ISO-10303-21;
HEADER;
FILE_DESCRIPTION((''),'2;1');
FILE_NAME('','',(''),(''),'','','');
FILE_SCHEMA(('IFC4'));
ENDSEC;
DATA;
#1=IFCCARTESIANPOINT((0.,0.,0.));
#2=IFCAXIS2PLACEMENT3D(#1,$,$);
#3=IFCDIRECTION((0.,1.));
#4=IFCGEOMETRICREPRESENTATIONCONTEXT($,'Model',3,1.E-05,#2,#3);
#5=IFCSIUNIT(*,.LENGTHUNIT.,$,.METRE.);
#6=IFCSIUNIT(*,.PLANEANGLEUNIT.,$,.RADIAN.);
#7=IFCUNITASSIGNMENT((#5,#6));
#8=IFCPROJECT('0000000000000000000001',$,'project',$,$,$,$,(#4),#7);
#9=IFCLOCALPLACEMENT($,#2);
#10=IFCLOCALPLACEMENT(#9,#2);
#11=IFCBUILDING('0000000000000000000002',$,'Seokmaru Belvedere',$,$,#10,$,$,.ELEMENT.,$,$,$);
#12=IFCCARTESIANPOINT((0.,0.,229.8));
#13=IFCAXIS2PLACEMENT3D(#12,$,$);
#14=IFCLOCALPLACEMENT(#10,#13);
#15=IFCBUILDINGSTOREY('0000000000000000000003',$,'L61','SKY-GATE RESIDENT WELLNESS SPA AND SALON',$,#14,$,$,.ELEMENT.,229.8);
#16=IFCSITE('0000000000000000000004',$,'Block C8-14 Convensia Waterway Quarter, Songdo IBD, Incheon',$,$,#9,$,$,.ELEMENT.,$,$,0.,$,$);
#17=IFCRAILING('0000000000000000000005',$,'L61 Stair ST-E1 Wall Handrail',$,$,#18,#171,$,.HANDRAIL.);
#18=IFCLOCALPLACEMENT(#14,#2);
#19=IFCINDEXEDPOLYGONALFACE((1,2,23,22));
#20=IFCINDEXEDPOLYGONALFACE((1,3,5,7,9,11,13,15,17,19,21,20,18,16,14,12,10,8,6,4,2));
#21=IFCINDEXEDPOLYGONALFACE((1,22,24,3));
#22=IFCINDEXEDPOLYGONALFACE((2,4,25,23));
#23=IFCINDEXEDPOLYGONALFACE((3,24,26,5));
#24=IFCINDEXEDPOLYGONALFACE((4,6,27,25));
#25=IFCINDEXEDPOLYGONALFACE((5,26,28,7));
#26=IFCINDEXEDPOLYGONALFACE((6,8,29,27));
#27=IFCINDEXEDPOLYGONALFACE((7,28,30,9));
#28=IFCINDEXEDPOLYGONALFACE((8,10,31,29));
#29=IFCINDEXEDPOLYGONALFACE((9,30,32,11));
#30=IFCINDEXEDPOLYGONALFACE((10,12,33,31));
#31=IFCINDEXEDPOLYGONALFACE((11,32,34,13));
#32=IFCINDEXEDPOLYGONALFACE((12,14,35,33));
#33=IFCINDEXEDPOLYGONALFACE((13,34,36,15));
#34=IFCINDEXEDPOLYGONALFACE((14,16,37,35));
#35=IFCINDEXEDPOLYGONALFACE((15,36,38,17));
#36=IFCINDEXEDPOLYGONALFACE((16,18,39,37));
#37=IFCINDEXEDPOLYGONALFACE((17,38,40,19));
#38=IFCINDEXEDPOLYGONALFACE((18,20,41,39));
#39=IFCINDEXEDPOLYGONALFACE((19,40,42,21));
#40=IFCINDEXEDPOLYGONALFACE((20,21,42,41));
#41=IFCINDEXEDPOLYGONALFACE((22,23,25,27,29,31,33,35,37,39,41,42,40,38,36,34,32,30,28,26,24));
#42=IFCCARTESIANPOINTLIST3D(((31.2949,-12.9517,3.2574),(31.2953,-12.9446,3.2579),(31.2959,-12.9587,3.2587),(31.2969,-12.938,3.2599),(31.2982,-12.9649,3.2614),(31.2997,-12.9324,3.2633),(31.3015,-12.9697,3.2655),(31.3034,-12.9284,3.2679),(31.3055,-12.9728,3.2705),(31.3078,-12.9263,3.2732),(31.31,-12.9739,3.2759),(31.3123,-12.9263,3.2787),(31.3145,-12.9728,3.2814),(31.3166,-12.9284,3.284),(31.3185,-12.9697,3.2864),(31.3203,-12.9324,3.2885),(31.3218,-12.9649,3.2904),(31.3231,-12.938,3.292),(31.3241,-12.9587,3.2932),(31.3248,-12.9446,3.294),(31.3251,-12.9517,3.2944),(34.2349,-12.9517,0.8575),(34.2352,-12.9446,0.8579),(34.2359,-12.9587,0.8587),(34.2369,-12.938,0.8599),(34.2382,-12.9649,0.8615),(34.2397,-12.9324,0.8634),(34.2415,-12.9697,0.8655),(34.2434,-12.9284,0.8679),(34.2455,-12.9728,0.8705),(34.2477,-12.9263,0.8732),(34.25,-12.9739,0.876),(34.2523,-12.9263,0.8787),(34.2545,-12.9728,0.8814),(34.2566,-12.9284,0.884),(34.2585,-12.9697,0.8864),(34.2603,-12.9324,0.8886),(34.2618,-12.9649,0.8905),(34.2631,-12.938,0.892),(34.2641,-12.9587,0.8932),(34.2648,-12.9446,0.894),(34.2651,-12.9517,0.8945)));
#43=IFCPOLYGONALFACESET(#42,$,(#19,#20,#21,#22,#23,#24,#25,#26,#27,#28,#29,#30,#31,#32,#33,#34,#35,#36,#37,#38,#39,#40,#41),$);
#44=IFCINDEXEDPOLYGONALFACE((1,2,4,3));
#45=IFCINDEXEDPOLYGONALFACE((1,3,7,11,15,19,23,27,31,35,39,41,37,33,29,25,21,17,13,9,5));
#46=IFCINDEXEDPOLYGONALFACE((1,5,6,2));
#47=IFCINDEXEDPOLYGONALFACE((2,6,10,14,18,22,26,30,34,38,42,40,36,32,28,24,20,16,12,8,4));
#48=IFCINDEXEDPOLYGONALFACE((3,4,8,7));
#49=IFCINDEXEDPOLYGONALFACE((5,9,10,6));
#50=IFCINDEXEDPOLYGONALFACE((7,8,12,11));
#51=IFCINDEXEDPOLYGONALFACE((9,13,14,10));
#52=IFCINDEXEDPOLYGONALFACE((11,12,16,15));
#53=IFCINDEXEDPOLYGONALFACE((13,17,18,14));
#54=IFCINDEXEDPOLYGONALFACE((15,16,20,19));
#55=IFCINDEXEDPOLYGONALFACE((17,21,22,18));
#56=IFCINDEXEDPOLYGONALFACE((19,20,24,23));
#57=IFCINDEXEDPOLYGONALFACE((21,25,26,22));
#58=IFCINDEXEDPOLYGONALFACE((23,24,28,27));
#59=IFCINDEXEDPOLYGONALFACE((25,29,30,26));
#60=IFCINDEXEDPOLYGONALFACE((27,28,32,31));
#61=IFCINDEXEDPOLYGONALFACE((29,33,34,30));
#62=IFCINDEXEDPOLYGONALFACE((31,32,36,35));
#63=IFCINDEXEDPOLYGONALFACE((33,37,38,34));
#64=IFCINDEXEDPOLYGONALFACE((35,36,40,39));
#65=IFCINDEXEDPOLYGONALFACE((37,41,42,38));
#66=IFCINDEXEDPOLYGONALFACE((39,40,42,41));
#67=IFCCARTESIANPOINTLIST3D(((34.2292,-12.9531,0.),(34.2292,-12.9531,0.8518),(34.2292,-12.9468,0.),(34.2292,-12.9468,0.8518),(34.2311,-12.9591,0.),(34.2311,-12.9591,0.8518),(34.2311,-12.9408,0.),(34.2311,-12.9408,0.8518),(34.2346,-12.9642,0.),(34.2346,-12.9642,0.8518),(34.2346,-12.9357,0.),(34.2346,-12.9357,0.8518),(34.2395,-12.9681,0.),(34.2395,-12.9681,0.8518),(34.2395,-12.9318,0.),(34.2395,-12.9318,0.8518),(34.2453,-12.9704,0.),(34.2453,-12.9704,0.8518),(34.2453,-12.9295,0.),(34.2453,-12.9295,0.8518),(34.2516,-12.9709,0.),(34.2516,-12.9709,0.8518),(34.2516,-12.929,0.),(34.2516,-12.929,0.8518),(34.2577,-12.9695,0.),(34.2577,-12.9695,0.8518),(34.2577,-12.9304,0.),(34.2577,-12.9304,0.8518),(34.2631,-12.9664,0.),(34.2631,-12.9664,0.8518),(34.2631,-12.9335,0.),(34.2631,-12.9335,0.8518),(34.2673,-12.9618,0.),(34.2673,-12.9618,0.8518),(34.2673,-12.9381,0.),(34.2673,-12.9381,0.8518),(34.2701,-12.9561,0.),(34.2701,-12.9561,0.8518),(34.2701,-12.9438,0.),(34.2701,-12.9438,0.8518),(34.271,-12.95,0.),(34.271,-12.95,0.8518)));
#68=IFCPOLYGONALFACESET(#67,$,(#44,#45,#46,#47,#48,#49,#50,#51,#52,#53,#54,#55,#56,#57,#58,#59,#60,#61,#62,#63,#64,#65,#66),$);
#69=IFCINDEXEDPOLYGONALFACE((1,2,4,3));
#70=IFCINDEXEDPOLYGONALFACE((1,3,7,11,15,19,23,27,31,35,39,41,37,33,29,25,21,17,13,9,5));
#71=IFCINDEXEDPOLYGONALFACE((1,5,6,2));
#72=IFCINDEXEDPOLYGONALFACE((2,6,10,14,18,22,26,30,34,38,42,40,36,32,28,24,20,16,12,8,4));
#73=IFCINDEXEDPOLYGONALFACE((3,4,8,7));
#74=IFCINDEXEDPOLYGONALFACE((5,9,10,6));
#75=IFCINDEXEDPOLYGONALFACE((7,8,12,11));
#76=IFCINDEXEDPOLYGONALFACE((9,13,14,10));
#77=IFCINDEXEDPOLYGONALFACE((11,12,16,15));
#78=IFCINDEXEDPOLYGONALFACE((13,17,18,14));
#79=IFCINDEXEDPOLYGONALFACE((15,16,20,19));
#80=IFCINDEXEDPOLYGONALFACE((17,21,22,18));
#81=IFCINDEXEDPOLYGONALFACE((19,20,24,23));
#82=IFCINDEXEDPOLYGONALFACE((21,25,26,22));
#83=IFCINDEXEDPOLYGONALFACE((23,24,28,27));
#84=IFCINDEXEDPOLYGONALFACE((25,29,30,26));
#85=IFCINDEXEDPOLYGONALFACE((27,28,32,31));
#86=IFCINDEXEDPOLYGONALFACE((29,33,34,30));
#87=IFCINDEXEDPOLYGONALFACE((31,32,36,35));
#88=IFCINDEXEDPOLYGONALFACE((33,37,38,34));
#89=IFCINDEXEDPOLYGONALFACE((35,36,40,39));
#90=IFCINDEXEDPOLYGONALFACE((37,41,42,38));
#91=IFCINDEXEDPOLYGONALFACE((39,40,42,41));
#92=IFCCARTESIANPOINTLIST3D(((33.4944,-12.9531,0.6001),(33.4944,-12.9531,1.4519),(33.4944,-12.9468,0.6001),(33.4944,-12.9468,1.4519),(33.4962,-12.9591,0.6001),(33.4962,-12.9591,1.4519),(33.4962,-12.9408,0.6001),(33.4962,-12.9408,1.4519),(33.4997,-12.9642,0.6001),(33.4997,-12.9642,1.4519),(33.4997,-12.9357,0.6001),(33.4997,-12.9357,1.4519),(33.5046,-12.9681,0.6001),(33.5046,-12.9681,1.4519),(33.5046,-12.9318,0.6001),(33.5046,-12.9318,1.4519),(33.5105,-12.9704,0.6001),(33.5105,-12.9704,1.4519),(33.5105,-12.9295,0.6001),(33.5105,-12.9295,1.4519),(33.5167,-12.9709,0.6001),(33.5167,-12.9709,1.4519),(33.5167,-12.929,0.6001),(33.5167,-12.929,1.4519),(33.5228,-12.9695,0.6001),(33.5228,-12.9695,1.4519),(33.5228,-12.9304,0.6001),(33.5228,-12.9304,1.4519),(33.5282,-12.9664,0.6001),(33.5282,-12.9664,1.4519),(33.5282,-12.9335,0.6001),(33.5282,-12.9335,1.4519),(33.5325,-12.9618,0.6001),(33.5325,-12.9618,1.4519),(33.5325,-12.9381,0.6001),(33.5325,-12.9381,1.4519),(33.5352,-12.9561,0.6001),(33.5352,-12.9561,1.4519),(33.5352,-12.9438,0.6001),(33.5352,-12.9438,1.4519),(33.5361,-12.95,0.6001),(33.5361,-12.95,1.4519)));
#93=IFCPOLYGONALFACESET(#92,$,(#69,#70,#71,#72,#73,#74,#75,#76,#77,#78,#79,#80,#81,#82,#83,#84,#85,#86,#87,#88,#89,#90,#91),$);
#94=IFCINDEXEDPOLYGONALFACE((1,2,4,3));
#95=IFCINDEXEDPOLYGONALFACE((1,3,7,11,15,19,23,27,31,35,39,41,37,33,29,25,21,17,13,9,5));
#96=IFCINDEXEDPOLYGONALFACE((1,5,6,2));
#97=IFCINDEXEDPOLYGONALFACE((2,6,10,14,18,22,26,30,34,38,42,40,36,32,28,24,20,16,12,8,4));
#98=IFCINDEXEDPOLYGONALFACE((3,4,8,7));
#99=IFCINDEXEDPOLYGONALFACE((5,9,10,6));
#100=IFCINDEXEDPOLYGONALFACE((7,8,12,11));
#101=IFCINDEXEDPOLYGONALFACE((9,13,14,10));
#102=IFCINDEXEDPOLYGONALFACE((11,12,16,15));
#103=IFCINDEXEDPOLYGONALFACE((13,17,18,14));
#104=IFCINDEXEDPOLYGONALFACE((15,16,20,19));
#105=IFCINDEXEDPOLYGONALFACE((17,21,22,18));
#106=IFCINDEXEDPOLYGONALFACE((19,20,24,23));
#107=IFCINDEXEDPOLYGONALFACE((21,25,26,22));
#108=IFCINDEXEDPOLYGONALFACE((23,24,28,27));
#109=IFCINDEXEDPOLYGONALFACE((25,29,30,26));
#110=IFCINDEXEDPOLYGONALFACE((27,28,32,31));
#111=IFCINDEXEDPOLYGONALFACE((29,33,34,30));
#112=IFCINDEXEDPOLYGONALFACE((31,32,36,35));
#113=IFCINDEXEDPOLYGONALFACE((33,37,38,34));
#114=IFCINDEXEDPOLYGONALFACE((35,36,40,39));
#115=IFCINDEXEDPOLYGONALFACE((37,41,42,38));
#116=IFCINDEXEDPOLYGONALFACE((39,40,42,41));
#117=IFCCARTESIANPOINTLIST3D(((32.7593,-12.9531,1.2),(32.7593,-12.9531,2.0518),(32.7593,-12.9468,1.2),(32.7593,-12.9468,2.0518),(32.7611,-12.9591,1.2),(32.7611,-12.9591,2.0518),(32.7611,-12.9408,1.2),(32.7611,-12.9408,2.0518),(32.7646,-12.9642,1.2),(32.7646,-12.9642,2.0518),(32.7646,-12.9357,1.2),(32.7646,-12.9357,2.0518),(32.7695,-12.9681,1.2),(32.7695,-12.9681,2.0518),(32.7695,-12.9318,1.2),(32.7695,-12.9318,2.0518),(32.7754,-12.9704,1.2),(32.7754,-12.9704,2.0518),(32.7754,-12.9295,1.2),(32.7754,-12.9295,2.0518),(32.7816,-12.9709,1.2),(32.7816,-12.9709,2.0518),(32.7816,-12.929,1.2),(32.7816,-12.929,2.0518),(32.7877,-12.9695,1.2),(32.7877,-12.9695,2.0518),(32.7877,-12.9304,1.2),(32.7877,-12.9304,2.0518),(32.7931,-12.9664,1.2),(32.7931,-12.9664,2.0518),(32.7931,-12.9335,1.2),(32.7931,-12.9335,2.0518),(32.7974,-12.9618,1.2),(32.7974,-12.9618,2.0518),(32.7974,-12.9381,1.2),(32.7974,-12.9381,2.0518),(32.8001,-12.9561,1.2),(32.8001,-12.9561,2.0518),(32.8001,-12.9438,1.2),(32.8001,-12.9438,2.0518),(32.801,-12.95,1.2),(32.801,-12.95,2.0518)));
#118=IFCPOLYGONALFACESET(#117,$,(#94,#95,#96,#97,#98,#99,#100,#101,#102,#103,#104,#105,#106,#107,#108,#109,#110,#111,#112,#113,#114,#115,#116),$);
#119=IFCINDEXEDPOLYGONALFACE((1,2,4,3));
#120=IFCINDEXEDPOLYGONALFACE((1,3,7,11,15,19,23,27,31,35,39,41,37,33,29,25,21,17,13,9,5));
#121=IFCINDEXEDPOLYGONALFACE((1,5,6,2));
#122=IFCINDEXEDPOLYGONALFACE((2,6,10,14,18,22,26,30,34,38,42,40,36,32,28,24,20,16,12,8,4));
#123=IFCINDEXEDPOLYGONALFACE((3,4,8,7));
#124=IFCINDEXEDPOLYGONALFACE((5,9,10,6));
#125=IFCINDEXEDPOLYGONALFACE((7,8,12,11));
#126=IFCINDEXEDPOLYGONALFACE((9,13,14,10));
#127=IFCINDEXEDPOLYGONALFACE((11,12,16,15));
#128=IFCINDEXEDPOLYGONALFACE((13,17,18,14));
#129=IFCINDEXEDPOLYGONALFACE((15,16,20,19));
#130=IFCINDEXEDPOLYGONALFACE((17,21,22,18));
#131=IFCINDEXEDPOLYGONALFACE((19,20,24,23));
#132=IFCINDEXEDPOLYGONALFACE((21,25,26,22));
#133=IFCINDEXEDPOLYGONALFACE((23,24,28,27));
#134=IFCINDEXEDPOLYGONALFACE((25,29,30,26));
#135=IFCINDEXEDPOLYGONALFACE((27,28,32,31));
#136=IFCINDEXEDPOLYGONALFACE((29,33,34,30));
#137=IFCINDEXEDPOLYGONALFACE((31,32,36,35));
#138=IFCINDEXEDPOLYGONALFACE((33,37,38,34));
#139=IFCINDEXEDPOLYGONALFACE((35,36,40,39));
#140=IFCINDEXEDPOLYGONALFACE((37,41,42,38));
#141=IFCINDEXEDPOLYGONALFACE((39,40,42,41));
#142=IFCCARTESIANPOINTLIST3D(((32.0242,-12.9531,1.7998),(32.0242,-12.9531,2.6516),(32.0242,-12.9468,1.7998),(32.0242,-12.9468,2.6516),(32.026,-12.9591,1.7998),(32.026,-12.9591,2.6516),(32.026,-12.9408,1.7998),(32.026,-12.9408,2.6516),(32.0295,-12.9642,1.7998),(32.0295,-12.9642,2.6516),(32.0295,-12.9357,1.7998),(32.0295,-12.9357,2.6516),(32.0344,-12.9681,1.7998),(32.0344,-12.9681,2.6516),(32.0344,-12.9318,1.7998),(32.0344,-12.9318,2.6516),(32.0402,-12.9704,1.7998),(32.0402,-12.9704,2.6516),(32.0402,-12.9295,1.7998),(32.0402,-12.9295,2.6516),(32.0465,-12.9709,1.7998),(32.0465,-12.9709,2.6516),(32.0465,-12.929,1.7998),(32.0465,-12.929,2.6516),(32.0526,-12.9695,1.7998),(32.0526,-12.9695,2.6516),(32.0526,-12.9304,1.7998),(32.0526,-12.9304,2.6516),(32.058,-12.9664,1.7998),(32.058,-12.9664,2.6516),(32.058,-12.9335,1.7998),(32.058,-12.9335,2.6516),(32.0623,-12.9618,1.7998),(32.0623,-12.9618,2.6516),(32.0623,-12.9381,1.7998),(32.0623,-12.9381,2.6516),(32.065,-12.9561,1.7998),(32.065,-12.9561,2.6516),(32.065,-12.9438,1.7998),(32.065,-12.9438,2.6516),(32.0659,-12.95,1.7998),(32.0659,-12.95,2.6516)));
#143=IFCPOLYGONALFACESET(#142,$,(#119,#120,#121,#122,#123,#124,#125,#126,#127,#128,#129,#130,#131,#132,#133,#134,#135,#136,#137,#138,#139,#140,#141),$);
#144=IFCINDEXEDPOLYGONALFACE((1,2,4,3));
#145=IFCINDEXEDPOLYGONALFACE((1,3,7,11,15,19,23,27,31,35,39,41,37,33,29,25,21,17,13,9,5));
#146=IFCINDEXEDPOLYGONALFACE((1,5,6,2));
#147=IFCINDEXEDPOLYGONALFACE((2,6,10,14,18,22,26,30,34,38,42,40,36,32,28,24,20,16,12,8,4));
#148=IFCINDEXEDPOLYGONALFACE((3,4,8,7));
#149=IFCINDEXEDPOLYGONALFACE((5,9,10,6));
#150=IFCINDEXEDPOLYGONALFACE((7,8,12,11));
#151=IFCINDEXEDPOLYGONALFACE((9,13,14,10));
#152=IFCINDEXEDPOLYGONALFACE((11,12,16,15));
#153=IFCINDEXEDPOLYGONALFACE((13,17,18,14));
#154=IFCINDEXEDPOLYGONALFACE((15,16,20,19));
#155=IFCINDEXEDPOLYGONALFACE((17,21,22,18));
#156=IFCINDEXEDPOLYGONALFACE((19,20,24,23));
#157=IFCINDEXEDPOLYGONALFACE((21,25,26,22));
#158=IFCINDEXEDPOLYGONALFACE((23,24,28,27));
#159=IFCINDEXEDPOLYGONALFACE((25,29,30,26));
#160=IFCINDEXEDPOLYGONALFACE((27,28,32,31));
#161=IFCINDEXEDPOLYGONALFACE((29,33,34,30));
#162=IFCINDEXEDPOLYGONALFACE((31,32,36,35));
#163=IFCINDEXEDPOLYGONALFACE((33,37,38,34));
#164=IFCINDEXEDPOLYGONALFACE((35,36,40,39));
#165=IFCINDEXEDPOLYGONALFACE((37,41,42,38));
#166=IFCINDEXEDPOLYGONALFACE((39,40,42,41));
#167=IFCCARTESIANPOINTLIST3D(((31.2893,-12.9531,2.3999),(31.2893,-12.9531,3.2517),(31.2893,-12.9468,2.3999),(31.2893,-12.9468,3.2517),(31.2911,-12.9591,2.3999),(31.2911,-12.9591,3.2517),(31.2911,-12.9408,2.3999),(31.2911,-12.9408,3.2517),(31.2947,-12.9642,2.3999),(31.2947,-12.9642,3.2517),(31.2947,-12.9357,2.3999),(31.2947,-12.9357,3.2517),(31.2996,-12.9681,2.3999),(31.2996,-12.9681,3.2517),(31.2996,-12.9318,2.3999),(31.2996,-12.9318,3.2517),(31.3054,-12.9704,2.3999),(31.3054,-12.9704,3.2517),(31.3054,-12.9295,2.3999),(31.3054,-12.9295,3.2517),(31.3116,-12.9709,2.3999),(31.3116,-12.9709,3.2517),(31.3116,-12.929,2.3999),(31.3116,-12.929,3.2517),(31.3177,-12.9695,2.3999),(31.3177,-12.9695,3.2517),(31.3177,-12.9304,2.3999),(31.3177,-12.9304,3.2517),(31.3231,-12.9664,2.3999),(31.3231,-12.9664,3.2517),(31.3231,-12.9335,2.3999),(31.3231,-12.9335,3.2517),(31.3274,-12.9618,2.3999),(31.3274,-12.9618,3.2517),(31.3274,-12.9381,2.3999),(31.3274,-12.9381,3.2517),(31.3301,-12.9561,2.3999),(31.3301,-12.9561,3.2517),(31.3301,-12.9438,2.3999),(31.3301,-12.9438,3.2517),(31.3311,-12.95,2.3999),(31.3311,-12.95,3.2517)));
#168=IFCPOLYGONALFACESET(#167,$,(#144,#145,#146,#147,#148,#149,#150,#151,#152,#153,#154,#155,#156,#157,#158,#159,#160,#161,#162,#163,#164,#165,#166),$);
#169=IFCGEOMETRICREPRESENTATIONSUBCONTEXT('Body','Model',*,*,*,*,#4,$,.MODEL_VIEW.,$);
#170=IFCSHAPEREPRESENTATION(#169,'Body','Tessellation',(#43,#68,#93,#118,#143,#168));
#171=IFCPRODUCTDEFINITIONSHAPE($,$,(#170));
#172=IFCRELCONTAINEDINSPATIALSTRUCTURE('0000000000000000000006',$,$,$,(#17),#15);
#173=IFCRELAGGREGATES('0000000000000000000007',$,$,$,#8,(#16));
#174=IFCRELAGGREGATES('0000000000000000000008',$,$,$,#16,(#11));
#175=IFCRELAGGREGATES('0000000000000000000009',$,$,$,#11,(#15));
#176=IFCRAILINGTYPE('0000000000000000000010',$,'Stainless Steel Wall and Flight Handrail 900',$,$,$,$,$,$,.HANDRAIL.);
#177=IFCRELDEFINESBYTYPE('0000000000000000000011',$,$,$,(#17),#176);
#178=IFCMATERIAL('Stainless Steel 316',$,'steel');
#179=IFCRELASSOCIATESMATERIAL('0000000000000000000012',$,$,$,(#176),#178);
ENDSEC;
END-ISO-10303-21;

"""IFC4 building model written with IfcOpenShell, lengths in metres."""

from ifc_helpers import new_model, si_unit, direction, frame, origin, origin_2d, place, context, subcontext, project, spatial, circle, extrude, material, type_object, element, save


model = new_model("IFC4")

# Units and contexts
model_context = context("Model", 3, precision=1e-05, world=origin(), true_north=direction((0.0, 1.0)))
body_context = subcontext(model_context, "Body", "Model", "MODEL_VIEW")
ifc_project = project(units=[si_unit("LENGTHUNIT", "METRE"), si_unit("PLANEANGLEUNIT", "RADIAN")], contexts=[model_context])

# Site, building, storey
site_placement = place(None, origin())
site = spatial("IfcSite", under=ifc_project, at=site_placement, Name="Block C8-14 Convensia Waterway Quarter, Songdo IBD, Incheon", CompositionType="ELEMENT", RefElevation=0.0)
building_placement = place(site_placement, origin())
building = spatial("IfcBuilding", under=site, at=building_placement, Name="Seokmaru Belvedere", CompositionType="ELEMENT")
storey_placement = place(building_placement, frame((0.0, 0.0, 229.8)))
storey = spatial("IfcBuildingStorey", under=building, at=storey_placement, Name="L61", Description="SKY-GATE RESIDENT WELLNESS SPA AND SALON", CompositionType="ELEMENT", Elevation=229.8)

# Shared definitions
ifc_material_1 = material(Name="Stainless Steel 316", Category="steel")

# Railing
railing_type_1 = type_object("IfcRailingType", Name="Stainless Steel Wall and Flight Handrail 900", PredefinedType="HANDRAIL", material=ifc_material_1)
railing_1_placement = place(storey_placement, frame((34.25, -12.95, 0.0)))
element("IfcRailing", 1, at=railing_1_placement, inside=storey, type_object=railing_type_1, Name="L61 Stair ST-E1 Wall Handrail", PredefinedType="HANDRAIL", context=body_context, shape_type="SweptSolid", body=[
    extrude(circle(Radius=0.0239, at=origin_2d()), frame((0.0, 0.0, 0.876), z_axis=(-0.774668, 0.0, 0.632369), x_axis=(0.0, -1.0, 0.0)), (0.0, 0.0, 1.0), 3.7952),
    extrude(circle(Radius=0.021, at=origin_2d()), origin(), (0.0, 0.0, 1.0), 0.8518),
    extrude(circle(Radius=0.021, at=origin_2d()), frame((-0.7349, 0.0, 0.6001)), (0.0, 0.0, 1.0), 0.8518),
    extrude(circle(Radius=0.021, at=origin_2d()), frame((-1.47, 0.0, 1.2)), (0.0, 0.0, 1.0), 0.8518),
    extrude(circle(Radius=0.021, at=origin_2d()), frame((-2.2051, 0.0, 1.7998)), (0.0, 0.0, 1.0), 0.8518),
    extrude(circle(Radius=0.021, at=origin_2d()), frame((-2.9399, 0.0, 2.3999)), (0.0, 0.0, 1.0), 0.8518),
])

save(model, "model.ifc")
